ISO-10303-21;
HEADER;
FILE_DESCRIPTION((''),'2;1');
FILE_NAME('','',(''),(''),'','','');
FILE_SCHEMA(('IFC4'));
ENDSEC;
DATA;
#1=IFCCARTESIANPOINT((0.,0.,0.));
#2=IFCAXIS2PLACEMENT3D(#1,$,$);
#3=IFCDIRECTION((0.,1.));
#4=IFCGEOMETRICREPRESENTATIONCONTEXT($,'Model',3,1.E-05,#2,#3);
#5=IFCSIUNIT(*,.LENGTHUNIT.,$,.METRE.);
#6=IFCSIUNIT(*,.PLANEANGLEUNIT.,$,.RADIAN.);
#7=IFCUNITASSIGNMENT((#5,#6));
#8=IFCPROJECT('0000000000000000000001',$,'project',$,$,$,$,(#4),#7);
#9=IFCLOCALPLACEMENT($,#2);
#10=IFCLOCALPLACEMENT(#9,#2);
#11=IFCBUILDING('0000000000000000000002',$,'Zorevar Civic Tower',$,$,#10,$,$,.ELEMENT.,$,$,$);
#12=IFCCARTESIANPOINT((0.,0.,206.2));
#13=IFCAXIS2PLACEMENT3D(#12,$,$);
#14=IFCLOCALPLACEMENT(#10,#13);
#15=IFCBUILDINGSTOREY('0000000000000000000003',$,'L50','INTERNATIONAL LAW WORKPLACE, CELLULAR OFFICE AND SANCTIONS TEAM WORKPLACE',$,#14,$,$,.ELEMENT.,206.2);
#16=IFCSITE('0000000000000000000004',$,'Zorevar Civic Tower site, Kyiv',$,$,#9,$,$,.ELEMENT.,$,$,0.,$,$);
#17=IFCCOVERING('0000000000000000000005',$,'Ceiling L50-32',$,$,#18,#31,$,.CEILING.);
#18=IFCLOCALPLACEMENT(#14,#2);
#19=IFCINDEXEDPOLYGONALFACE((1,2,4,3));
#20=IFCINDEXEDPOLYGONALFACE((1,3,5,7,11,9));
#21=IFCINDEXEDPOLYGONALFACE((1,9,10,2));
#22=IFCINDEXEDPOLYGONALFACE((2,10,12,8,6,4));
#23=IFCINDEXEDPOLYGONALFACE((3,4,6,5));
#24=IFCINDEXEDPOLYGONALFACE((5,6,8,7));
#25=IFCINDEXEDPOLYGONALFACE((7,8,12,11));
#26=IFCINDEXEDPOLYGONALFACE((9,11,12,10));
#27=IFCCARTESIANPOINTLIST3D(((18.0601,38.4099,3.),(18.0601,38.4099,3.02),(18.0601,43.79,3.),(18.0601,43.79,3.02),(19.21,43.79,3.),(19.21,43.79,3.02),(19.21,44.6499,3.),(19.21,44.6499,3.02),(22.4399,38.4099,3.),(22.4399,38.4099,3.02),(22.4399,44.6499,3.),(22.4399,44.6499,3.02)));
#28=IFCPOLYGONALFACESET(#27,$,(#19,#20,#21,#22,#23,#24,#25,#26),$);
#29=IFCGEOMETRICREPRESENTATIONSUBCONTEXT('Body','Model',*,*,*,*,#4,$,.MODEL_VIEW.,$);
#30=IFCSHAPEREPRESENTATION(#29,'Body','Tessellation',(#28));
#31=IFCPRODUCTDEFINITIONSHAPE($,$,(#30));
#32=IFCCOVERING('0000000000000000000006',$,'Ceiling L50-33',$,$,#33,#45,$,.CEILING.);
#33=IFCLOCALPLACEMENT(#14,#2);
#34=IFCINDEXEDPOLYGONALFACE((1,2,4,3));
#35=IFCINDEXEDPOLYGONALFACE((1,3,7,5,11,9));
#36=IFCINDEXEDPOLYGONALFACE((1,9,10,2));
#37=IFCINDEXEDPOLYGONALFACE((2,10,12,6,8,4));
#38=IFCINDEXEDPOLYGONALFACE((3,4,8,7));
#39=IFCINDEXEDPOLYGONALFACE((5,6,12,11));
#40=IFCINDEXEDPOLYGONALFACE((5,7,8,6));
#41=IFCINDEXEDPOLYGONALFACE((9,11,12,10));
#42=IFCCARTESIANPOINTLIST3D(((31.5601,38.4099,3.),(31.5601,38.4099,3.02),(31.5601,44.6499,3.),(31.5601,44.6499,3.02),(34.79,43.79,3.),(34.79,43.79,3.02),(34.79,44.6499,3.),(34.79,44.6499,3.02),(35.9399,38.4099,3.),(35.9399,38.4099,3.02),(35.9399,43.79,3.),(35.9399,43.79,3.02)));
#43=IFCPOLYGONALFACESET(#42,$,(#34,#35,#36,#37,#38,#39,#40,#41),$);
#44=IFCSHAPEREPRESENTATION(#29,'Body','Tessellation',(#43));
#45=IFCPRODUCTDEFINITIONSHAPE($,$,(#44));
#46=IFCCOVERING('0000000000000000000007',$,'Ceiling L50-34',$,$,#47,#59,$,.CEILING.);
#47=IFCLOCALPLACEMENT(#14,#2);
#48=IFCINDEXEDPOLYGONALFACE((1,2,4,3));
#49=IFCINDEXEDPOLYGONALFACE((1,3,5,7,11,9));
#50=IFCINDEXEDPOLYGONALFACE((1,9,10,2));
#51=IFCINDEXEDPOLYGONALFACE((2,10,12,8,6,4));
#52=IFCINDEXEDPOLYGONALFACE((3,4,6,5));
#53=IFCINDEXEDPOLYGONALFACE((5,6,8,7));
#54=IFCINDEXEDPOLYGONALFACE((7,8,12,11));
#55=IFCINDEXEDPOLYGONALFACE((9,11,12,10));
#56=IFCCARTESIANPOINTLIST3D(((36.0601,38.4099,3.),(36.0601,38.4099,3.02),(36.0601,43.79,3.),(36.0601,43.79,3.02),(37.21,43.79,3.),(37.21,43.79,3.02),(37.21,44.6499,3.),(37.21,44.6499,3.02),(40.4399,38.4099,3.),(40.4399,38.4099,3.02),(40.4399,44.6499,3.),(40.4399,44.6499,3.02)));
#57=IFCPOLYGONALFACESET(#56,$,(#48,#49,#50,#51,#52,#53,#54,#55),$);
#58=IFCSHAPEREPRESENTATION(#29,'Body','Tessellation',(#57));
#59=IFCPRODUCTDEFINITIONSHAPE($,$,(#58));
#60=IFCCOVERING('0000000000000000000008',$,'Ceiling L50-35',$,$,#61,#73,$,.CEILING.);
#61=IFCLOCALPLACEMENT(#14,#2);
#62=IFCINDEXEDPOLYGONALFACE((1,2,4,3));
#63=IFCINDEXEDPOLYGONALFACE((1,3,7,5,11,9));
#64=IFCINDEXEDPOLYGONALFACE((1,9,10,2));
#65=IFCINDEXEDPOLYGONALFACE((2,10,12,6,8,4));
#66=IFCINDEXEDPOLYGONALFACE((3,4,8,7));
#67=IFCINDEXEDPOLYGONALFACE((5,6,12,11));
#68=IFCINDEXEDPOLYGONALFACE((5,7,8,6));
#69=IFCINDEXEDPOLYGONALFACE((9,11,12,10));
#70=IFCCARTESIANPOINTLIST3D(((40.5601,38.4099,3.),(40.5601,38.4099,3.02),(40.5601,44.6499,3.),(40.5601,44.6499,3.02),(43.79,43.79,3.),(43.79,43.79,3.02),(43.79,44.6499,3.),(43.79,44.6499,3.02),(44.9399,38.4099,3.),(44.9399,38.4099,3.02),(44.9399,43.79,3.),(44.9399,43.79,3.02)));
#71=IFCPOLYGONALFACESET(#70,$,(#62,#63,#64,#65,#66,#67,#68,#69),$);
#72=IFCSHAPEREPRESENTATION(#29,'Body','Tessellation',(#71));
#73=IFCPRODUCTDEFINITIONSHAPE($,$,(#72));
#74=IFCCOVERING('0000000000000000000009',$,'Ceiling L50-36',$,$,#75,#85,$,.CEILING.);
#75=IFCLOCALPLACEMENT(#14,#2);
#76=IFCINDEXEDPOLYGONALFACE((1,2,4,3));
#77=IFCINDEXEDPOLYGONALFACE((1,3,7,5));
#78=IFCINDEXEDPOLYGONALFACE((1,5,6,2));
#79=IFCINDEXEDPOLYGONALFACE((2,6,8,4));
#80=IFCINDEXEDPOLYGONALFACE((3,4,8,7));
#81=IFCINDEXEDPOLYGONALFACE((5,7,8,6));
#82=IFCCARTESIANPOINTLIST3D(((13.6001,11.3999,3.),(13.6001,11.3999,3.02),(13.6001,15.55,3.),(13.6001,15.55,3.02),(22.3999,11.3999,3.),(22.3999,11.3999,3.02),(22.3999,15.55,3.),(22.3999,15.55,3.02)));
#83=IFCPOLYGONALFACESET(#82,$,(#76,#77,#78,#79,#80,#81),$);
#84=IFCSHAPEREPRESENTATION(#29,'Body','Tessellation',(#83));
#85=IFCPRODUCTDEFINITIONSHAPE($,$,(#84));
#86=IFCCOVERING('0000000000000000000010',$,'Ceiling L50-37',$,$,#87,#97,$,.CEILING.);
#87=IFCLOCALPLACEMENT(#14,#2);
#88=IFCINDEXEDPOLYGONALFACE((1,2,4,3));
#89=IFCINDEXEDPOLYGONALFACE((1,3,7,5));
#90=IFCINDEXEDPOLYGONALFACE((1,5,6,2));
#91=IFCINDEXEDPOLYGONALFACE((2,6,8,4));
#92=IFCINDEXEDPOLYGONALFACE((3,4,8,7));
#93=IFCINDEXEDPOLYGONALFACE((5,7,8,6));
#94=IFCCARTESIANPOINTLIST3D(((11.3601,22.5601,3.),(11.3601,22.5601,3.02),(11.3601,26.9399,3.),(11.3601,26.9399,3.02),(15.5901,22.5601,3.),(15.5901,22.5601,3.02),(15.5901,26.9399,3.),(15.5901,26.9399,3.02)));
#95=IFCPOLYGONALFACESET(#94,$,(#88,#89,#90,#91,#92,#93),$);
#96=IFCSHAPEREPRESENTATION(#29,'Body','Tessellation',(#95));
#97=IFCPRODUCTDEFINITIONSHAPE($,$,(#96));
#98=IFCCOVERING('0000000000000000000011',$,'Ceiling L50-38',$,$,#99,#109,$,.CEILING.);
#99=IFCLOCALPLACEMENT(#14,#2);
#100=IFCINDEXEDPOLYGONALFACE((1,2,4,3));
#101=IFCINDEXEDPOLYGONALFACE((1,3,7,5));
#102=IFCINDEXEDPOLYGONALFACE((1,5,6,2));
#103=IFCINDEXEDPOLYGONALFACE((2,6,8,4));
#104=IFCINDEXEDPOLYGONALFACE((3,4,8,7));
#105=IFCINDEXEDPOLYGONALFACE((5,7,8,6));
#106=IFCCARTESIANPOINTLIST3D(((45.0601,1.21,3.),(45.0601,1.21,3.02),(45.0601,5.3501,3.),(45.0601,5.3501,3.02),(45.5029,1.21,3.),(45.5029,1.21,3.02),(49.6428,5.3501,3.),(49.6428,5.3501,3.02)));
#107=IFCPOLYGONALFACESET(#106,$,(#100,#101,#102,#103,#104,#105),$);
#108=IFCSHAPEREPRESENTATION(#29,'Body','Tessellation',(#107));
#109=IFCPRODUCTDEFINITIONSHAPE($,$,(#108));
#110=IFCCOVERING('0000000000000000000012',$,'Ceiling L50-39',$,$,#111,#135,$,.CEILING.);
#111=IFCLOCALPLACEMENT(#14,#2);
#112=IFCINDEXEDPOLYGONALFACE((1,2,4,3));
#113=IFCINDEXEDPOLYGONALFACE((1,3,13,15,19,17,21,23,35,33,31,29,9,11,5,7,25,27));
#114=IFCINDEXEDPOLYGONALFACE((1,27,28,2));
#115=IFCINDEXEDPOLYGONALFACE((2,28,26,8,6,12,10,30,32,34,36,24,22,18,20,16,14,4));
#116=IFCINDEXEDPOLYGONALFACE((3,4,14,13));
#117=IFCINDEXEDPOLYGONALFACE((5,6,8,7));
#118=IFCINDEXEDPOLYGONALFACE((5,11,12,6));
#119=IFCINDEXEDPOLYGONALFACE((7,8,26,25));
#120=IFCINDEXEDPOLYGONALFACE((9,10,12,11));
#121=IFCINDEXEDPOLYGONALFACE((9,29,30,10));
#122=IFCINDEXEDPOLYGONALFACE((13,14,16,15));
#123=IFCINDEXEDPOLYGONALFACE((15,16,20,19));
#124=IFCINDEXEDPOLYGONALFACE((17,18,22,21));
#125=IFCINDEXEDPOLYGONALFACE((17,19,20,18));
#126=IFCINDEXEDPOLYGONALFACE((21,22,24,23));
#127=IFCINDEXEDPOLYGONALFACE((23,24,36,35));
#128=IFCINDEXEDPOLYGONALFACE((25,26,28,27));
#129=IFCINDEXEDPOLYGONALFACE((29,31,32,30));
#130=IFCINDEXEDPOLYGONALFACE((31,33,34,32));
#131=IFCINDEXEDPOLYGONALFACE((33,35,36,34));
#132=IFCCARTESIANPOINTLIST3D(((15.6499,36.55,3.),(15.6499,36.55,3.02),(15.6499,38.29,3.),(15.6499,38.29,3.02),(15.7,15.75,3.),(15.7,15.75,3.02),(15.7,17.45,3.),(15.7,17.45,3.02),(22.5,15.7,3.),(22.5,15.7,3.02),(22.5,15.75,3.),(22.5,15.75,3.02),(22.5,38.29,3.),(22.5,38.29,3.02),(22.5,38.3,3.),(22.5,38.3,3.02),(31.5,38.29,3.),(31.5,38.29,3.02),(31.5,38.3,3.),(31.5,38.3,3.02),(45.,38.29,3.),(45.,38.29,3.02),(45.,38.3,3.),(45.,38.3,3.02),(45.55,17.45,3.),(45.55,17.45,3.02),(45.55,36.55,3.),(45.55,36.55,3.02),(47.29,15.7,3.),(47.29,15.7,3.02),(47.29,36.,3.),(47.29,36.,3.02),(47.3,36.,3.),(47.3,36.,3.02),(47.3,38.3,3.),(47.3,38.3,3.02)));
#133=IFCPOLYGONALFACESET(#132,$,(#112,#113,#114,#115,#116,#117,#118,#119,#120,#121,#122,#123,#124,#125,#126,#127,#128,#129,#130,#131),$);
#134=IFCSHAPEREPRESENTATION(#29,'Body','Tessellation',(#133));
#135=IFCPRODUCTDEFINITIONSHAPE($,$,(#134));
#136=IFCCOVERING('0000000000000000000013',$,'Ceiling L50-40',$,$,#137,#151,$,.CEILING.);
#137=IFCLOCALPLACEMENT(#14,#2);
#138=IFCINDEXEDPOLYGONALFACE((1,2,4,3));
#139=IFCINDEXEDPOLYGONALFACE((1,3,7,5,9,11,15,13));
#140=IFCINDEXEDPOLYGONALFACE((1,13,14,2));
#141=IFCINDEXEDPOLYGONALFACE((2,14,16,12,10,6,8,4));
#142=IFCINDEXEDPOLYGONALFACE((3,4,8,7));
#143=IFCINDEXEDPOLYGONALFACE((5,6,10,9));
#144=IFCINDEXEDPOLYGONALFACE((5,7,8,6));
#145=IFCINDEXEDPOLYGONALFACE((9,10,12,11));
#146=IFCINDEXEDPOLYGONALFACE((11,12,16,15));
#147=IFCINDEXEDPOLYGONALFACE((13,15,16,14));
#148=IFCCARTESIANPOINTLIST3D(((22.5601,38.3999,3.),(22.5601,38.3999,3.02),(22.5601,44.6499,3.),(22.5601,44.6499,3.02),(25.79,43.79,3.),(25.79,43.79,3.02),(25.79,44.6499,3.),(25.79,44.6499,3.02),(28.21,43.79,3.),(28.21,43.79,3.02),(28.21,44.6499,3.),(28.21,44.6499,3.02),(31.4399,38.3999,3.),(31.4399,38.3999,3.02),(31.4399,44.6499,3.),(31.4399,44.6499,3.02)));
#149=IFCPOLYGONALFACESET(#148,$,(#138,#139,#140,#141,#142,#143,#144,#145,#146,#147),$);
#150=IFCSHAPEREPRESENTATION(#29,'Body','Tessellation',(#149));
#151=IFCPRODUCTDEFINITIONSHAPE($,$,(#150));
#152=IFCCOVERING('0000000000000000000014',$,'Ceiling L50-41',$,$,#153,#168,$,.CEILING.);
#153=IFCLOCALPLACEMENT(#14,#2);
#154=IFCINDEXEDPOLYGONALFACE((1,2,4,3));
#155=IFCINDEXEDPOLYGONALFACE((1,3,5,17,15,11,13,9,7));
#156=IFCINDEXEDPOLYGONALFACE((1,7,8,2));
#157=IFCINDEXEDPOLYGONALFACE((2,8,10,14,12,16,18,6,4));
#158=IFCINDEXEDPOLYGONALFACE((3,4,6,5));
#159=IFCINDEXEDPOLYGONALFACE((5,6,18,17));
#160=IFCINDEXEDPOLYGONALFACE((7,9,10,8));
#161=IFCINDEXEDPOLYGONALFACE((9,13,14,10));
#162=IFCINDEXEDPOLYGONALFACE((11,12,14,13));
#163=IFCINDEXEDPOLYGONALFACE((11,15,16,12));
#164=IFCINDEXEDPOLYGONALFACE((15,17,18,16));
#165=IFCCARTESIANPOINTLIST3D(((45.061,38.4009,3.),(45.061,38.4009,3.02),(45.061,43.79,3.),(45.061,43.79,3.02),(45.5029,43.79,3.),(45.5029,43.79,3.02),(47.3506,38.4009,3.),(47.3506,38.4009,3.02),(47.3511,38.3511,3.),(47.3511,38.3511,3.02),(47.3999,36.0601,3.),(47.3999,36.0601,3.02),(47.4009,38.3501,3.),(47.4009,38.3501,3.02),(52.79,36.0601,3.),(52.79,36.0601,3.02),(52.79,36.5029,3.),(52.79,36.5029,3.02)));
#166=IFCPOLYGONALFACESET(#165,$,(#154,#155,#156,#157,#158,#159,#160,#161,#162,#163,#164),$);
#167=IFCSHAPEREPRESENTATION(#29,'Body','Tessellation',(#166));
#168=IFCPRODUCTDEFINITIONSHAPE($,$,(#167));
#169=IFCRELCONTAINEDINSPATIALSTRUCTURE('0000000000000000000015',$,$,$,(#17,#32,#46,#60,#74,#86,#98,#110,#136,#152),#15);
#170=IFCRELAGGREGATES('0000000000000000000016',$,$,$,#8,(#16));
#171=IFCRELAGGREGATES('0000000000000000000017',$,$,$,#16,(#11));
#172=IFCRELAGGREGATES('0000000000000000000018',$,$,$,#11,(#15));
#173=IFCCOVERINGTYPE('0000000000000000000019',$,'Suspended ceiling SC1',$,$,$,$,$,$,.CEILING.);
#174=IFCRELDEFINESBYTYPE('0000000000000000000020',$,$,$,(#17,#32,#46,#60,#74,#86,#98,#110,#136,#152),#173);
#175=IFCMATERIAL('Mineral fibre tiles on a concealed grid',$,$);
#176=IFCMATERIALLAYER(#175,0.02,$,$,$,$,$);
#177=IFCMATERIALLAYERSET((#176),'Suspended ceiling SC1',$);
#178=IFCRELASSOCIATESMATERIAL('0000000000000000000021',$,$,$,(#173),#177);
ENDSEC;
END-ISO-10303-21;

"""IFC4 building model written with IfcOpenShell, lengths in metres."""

from ifc_helpers import new_model, si_unit, direction, frame, origin, place, context, subcontext, project, spatial, polyline, outline, extrude, material, layer, layer_set, type_object, element, save


model = new_model("IFC4")

# Units and contexts
model_context = context("Model", 3, precision=1e-05, world=origin(), true_north=direction((0.0, 1.0)))
body_context = subcontext(model_context, "Body", "Model", "MODEL_VIEW")
ifc_project = project(units=[si_unit("LENGTHUNIT", "METRE"), si_unit("PLANEANGLEUNIT", "RADIAN")], contexts=[model_context])

# Site, building, storey
site_placement = place(None, origin())
site = spatial("IfcSite", under=ifc_project, at=site_placement, Name="Zorevar Civic Tower site, Kyiv", CompositionType="ELEMENT", RefElevation=0.0)
building_placement = place(site_placement, origin())
building = spatial("IfcBuilding", under=site, at=building_placement, Name="Zorevar Civic Tower", CompositionType="ELEMENT")
storey_placement = place(building_placement, frame((0.0, 0.0, 206.2)))
storey = spatial("IfcBuildingStorey", under=building, at=storey_placement, Name="L50", Description="INTERNATIONAL LAW WORKPLACE, CELLULAR OFFICE AND SANCTIONS TEAM WORKPLACE", CompositionType="ELEMENT", Elevation=206.2)

# Coverings
ifc_material_1 = material(Name="Mineral fibre tiles on a concealed grid")
ifc_layer_1 = layer(ifc_material_1, 0.02)
ifc_layer_set_1 = layer_set([ifc_layer_1], Name="Suspended ceiling SC1")
covering_type_1 = type_object("IfcCoveringType", Name="Suspended ceiling SC1", PredefinedType="CEILING", material=ifc_layer_set_1)
covering_1_placement = place(storey_placement, frame((0.0, 0.0, 3.0)))
element("IfcCovering", 1, at=covering_1_placement, inside=storey, type_object=covering_type_1, Name="Ceiling L50-32", PredefinedType="CEILING", context=body_context, shape_type="SweptSolid", body=[
    extrude(outline(polyline([(18.0601, 38.4099), (18.0601, 43.79), (19.21, 43.79), (19.21, 44.6499), (22.4399, 44.6499), (22.4399, 38.4099), (18.0601, 38.4099)])), origin(), (0.0, 0.0, 1.0), 0.02),
])
covering_2_placement = place(storey_placement, frame((0.0, 0.0, 3.0)))
element("IfcCovering", 2, at=covering_2_placement, inside=storey, type_object=covering_type_1, Name="Ceiling L50-33", PredefinedType="CEILING", context=body_context, shape_type="SweptSolid", body=[
    extrude(outline(polyline([(31.5601, 38.4099), (31.5601, 44.6499), (34.79, 44.6499), (34.79, 43.79), (35.9399, 43.79), (35.9399, 38.4099), (31.5601, 38.4099)])), origin(), (0.0, 0.0, 1.0), 0.02),
])
covering_3_placement = place(storey_placement, frame((0.0, 0.0, 3.0)))
element("IfcCovering", 3, at=covering_3_placement, inside=storey, type_object=covering_type_1, Name="Ceiling L50-34", PredefinedType="CEILING", context=body_context, shape_type="SweptSolid", body=[
    extrude(outline(polyline([(36.0601, 38.4099), (36.0601, 43.79), (37.21, 43.79), (37.21, 44.6499), (40.4399, 44.6499), (40.4399, 38.4099), (36.0601, 38.4099)])), origin(), (0.0, 0.0, 1.0), 0.02),
])
covering_4_placement = place(storey_placement, frame((0.0, 0.0, 3.0)))
element("IfcCovering", 4, at=covering_4_placement, inside=storey, type_object=covering_type_1, Name="Ceiling L50-35", PredefinedType="CEILING", context=body_context, shape_type="SweptSolid", body=[
    extrude(outline(polyline([(40.5601, 38.4099), (40.5601, 44.6499), (43.79, 44.6499), (43.79, 43.79), (44.9399, 43.79), (44.9399, 38.4099), (40.5601, 38.4099)])), origin(), (0.0, 0.0, 1.0), 0.02),
])
covering_5_placement = place(storey_placement, frame((0.0, 0.0, 3.0)))
element("IfcCovering", 5, at=covering_5_placement, inside=storey, type_object=covering_type_1, Name="Ceiling L50-36", PredefinedType="CEILING", context=body_context, shape_type="SweptSolid", body=[
    extrude(outline(polyline([(22.3999, 15.55), (22.3999, 11.3999), (13.6001, 11.3999), (13.6001, 15.55), (22.3999, 15.55)])), origin(), (0.0, 0.0, 1.0), 0.02),
])
covering_6_placement = place(storey_placement, frame((0.0, 0.0, 3.0)))
element("IfcCovering", 6, at=covering_6_placement, inside=storey, type_object=covering_type_1, Name="Ceiling L50-37", PredefinedType="CEILING", context=body_context, shape_type="SweptSolid", body=[
    extrude(outline(polyline([(11.3601, 26.9399), (15.5901, 26.9399), (15.5901, 22.5601), (11.3601, 22.5601), (11.3601, 26.9399)])), origin(), (0.0, 0.0, 1.0), 0.02),
])
covering_7_placement = place(storey_placement, frame((0.0, 0.0, 3.0)))
element("IfcCovering", 7, at=covering_7_placement, inside=storey, type_object=covering_type_1, Name="Ceiling L50-38", PredefinedType="CEILING", context=body_context, shape_type="SweptSolid", body=[
    extrude(outline(polyline([(45.0601, 1.21), (45.0601, 5.3501), (49.6428, 5.3501), (45.5029, 1.21), (45.0601, 1.21)])), origin(), (0.0, 0.0, 1.0), 0.02),
])
covering_8_placement = place(storey_placement, frame((0.0, 0.0, 3.0)))
element("IfcCovering", 8, at=covering_8_placement, inside=storey, type_object=covering_type_1, Name="Ceiling L50-39", PredefinedType="CEILING", context=body_context, shape_type="SweptSolid", body=[
    extrude(outline(polyline([(15.6499, 38.29), (22.5, 38.29), (22.5, 38.3), (31.5, 38.3), (31.5, 38.29), (45.0, 38.29), (45.0, 38.3), (47.3, 38.3), (47.3, 36.0), (47.29, 36.0), (47.29, 15.7), (22.5, 15.7), (22.5, 15.75), (15.7, 15.75), (15.7, 17.45), (45.55, 17.45), (45.55, 36.55), (15.6499, 36.55), (15.6499, 38.29)])), origin(), (0.0, 0.0, 1.0), 0.02),
])
covering_9_placement = place(storey_placement, frame((0.0, 0.0, 3.0)))
element("IfcCovering", 9, at=covering_9_placement, inside=storey, type_object=covering_type_1, Name="Ceiling L50-40", PredefinedType="CEILING", context=body_context, shape_type="SweptSolid", body=[
    extrude(outline(polyline([(22.5601, 44.6499), (25.79, 44.6499), (25.79, 43.79), (28.21, 43.79), (28.21, 44.6499), (31.4399, 44.6499), (31.4399, 38.3999), (22.5601, 38.3999), (22.5601, 44.6499)])), origin(), (0.0, 0.0, 1.0), 0.02),
])
covering_10_placement = place(storey_placement, frame((0.0, 0.0, 3.0)))
element("IfcCovering", 10, at=covering_10_placement, inside=storey, type_object=covering_type_1, Name="Ceiling L50-41", PredefinedType="CEILING", context=body_context, shape_type="SweptSolid", body=[
    extrude(outline(polyline([(47.3506, 38.4009), (45.061, 38.4009), (45.061, 43.79), (45.5029, 43.79), (52.79, 36.5029), (52.79, 36.0601), (47.3999, 36.0601), (47.4009, 38.3501), (47.3511, 38.3511), (47.3506, 38.4009)])), origin(), (0.0, 0.0, 1.0), 0.02),
])

save(model, "model.ifc")
